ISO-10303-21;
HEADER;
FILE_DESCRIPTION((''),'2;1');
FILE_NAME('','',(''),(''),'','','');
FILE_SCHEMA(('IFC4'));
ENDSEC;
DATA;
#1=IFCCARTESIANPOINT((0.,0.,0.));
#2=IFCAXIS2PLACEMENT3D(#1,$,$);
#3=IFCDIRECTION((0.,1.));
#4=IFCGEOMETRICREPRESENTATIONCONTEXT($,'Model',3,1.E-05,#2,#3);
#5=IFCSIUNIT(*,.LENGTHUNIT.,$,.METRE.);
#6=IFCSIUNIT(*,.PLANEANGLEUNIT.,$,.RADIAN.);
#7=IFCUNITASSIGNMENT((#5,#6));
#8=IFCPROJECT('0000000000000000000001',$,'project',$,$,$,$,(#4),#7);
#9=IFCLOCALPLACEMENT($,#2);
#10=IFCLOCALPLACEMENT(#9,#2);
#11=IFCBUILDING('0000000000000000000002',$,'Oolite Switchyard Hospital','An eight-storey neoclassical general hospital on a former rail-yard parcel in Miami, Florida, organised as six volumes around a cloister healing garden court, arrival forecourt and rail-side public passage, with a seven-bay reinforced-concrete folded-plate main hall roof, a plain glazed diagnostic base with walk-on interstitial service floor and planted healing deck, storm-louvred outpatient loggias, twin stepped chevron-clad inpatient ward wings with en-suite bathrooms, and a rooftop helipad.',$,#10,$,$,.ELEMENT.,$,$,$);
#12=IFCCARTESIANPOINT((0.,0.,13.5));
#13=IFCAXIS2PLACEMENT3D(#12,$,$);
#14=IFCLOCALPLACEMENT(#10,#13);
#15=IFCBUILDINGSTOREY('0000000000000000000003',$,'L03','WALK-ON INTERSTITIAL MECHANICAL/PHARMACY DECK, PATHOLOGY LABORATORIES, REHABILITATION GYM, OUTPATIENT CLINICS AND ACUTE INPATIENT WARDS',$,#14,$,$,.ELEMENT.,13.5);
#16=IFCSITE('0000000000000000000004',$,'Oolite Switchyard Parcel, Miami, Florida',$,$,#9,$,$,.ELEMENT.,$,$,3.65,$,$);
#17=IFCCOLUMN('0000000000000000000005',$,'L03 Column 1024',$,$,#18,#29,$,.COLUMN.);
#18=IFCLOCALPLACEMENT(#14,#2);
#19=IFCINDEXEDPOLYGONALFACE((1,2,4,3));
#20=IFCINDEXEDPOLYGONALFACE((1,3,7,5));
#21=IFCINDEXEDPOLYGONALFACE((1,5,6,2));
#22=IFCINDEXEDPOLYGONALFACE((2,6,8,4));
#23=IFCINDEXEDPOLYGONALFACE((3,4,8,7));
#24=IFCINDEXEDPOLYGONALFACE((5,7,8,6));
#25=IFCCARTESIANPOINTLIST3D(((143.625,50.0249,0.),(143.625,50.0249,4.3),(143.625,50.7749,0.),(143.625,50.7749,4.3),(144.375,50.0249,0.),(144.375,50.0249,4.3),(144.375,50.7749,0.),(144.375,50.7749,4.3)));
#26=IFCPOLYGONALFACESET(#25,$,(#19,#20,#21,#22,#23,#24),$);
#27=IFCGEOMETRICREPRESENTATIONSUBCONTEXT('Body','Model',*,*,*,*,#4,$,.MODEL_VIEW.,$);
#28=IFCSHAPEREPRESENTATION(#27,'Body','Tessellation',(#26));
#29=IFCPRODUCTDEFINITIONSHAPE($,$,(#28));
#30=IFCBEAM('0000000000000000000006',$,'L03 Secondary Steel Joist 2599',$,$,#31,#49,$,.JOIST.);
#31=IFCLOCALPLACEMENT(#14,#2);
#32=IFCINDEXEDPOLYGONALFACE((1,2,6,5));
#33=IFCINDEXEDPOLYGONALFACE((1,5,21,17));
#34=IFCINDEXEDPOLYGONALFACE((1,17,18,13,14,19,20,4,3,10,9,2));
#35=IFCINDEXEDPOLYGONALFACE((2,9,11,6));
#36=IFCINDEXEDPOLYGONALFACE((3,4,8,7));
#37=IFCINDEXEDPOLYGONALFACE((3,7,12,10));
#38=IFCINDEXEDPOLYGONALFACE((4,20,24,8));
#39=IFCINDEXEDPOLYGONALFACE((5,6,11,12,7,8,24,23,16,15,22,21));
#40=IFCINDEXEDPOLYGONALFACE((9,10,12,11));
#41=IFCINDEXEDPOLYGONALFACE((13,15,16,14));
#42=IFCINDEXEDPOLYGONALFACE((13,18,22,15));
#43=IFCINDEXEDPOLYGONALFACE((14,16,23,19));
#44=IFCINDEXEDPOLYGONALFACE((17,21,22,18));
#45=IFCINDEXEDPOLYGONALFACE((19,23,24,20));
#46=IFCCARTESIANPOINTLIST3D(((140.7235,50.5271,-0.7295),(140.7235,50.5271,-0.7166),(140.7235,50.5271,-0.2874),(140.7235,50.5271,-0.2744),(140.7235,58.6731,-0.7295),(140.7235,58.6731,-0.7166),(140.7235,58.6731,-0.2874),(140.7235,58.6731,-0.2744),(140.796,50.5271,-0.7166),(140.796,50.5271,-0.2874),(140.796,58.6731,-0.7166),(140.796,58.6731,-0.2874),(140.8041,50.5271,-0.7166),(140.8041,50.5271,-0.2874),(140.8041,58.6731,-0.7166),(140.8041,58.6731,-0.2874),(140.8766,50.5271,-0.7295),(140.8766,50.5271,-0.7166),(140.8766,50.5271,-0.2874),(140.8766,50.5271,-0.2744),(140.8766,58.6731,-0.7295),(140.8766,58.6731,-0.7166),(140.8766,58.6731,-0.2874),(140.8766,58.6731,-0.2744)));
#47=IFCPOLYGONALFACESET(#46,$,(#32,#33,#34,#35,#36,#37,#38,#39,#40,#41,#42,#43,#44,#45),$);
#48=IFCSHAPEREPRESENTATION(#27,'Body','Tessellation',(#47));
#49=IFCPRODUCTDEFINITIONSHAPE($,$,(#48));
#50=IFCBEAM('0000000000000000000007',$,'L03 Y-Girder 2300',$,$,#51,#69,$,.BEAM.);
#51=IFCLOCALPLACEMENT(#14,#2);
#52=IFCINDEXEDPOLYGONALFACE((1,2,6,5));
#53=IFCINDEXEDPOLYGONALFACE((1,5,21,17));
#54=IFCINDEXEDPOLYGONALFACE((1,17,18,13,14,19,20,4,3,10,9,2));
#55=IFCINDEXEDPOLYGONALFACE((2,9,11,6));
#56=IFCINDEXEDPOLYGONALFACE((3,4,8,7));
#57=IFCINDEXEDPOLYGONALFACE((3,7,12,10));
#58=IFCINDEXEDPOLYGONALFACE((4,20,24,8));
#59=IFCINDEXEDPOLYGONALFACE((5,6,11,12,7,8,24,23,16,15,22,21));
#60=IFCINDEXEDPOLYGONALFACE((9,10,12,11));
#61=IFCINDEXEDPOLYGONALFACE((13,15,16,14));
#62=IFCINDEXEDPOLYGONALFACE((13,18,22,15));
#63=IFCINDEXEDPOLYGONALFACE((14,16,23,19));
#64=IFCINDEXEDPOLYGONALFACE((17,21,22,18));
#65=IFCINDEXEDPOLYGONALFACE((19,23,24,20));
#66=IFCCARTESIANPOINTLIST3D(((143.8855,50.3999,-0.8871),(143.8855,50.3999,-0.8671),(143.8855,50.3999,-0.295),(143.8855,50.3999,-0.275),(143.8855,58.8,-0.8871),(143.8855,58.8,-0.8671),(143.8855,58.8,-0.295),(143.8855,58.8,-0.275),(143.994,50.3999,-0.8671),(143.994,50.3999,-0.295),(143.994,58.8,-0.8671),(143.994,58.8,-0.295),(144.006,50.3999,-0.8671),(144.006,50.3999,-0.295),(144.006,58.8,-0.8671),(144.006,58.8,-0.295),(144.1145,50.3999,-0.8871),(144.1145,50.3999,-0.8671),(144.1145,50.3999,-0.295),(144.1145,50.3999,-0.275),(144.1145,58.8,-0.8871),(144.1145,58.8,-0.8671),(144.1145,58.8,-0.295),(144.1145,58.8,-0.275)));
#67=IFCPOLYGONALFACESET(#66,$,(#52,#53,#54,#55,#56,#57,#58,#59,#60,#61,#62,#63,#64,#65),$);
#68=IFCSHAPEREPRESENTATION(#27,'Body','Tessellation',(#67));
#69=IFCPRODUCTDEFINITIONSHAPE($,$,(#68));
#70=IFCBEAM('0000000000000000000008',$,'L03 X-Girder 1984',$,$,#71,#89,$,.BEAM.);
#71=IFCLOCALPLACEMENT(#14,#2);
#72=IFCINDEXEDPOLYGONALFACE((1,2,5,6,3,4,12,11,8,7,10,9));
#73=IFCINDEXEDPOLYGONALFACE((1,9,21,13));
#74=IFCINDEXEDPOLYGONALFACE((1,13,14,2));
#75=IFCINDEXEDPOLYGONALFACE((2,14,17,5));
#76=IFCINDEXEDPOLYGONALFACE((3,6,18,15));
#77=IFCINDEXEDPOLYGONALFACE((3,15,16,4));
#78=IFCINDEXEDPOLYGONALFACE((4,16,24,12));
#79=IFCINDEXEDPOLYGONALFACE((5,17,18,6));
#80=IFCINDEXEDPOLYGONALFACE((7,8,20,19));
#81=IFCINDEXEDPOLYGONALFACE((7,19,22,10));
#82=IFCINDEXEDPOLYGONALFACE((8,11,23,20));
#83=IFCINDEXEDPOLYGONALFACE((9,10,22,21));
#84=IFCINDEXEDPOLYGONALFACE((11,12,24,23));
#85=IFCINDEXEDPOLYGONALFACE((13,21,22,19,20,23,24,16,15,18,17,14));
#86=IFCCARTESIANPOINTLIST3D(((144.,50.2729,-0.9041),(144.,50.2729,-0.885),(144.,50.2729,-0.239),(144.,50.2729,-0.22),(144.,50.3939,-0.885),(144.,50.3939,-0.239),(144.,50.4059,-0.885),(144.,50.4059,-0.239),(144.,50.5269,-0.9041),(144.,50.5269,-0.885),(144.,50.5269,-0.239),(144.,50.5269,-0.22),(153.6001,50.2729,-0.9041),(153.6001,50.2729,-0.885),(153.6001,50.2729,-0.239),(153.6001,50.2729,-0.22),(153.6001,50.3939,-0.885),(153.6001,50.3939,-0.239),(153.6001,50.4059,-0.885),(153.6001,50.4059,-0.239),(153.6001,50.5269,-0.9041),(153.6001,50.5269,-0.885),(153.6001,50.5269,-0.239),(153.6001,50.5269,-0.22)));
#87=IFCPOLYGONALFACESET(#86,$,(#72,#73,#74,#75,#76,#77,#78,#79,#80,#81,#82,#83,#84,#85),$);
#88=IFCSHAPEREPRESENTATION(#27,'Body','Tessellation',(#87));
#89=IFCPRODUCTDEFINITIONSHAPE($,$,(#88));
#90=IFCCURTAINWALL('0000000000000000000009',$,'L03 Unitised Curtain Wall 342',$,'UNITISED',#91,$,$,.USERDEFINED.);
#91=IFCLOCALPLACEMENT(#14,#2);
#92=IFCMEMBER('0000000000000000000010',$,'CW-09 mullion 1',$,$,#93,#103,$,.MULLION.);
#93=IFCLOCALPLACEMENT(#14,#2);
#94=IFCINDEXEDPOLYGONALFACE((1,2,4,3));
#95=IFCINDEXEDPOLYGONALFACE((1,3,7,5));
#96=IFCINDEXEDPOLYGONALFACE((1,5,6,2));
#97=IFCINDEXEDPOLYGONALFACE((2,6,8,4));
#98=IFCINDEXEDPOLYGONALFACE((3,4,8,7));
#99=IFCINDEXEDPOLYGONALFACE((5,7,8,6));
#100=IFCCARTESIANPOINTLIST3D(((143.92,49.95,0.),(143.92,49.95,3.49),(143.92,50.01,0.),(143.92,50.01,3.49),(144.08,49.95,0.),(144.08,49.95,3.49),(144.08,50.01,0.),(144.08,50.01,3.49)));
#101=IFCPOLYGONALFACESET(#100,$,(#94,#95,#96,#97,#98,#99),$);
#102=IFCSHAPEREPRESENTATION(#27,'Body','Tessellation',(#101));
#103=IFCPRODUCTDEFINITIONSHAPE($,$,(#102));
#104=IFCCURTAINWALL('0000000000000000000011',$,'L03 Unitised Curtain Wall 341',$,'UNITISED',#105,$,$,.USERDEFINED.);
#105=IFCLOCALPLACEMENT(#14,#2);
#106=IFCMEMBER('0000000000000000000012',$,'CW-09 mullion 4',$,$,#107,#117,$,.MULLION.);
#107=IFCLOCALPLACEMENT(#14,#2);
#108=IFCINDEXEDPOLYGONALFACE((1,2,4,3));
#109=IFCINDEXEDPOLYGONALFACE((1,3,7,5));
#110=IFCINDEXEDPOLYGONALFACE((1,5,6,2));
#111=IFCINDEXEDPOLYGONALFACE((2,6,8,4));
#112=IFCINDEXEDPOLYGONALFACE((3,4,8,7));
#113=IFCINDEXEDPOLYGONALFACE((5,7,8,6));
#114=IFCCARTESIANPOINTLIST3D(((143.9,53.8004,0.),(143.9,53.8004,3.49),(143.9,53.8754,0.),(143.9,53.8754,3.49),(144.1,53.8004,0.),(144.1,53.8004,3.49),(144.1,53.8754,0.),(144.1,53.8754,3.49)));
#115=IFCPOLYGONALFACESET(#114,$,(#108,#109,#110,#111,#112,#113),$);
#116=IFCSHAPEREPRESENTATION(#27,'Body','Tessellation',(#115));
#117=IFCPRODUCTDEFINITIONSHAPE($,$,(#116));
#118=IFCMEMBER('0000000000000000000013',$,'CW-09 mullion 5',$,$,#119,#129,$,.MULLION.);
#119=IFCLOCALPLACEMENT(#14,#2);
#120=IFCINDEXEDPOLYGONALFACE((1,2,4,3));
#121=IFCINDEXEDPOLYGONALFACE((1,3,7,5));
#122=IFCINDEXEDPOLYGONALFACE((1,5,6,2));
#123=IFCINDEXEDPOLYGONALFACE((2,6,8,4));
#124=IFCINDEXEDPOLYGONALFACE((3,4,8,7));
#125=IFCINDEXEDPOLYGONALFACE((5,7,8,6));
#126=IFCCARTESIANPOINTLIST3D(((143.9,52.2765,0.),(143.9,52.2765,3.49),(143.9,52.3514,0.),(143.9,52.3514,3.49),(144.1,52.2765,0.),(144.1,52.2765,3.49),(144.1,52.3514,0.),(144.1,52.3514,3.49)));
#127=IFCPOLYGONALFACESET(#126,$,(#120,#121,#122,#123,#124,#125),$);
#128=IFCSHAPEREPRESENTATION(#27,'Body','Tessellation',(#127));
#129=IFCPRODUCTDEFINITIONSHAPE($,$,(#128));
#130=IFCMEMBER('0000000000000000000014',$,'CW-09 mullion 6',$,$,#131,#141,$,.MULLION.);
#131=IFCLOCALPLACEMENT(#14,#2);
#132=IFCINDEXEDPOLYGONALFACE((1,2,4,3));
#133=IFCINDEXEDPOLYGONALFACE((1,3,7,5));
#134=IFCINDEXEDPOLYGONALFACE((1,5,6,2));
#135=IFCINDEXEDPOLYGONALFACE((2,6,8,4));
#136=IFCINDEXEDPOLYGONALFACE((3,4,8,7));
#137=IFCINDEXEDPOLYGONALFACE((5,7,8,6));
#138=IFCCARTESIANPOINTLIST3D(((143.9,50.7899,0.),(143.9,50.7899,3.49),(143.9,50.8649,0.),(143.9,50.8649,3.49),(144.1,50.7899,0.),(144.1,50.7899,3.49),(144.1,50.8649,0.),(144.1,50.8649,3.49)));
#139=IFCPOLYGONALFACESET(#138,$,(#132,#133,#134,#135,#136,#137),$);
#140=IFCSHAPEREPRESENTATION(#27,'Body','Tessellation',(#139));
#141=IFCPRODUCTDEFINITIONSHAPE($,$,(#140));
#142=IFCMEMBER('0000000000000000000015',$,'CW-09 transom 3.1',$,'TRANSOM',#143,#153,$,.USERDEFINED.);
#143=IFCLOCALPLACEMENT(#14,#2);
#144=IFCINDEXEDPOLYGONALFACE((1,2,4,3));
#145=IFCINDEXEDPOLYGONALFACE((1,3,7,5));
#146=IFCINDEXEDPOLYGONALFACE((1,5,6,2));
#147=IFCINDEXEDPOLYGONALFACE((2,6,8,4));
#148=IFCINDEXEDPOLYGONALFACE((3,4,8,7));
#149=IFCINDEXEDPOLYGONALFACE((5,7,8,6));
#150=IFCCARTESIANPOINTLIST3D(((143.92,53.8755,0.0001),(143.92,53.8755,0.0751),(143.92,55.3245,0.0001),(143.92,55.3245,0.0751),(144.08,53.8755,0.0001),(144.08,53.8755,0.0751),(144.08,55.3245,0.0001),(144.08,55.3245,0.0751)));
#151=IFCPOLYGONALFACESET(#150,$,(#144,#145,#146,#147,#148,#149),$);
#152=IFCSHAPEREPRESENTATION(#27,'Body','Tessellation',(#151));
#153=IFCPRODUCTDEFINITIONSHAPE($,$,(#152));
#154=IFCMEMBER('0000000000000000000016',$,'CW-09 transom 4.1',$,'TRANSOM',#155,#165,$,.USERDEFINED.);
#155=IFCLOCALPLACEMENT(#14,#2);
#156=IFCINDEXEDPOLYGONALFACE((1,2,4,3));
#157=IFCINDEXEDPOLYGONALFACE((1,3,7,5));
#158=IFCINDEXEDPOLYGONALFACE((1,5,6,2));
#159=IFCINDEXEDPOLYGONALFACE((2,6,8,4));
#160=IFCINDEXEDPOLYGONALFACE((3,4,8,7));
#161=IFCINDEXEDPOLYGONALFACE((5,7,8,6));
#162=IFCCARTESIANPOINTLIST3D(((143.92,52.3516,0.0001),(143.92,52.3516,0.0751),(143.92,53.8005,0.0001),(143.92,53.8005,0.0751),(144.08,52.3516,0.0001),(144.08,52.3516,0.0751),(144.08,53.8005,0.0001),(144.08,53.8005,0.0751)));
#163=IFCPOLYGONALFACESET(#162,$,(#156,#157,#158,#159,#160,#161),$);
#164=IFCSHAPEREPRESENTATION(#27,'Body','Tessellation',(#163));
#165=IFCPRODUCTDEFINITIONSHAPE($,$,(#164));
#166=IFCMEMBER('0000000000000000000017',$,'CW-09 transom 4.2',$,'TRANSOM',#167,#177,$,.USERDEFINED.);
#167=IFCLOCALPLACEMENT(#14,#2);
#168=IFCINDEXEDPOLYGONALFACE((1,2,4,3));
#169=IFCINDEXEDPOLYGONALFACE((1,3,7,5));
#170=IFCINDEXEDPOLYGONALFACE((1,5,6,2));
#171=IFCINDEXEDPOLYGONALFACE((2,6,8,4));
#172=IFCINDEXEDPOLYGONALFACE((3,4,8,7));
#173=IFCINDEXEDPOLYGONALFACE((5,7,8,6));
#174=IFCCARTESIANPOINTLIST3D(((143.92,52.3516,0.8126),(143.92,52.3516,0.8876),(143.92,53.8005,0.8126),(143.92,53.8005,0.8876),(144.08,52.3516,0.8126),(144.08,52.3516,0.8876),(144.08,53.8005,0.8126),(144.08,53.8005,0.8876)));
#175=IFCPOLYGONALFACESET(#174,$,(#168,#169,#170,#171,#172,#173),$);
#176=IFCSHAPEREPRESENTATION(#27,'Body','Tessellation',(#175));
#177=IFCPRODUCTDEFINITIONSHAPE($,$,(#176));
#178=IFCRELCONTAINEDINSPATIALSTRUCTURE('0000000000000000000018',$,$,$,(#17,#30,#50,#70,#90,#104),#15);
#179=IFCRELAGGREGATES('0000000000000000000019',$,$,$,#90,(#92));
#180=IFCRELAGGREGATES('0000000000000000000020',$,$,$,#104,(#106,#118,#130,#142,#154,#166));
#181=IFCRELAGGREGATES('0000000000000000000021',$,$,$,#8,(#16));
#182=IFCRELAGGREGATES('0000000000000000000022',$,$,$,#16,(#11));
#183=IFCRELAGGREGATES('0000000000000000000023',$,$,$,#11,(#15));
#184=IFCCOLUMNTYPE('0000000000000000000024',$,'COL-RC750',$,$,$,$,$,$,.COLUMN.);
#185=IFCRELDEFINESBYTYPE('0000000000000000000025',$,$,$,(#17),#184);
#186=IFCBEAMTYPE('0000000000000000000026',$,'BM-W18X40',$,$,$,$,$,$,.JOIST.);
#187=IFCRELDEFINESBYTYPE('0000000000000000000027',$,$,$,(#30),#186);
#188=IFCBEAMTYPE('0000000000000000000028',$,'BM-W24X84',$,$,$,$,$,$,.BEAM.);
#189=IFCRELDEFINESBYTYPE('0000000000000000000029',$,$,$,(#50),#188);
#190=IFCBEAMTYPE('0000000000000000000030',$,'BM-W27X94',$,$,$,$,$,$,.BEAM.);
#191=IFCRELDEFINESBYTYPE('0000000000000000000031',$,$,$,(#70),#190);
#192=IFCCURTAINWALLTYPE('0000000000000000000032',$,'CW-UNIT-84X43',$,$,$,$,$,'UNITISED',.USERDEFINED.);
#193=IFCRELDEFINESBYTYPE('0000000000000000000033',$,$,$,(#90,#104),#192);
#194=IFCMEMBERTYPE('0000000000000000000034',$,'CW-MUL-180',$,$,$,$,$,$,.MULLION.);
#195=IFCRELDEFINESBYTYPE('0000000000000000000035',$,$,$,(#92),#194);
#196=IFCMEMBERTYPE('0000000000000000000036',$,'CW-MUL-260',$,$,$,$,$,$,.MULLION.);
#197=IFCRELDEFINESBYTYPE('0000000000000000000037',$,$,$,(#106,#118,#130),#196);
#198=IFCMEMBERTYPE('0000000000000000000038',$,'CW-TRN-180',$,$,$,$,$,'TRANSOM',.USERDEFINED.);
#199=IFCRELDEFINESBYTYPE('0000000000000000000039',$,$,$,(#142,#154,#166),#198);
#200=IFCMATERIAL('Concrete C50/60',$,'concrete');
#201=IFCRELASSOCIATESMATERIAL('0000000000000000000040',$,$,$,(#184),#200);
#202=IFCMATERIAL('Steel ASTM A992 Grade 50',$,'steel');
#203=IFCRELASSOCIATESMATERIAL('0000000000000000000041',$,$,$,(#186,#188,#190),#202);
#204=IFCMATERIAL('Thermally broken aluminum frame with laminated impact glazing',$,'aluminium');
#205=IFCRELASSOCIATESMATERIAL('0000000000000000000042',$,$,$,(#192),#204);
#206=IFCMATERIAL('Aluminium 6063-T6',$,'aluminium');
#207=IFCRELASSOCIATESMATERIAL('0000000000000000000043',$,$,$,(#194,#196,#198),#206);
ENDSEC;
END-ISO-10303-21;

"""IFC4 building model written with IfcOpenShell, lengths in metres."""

from ifc_helpers import new_model, si_unit, direction, frame, origin, origin_2d, place, context, subcontext, project, spatial, rectangle, i_section, extrude, material, material_profile, profile_set, type_object, element, aggregate, save


model = new_model("IFC4")

# Units and contexts
model_context = context("Model", 3, precision=1e-05, world=origin(), true_north=direction((0.0, 1.0)))
body_context = subcontext(model_context, "Body", "Model", "MODEL_VIEW")
ifc_project = project(units=[si_unit("LENGTHUNIT", "METRE"), si_unit("PLANEANGLEUNIT", "RADIAN")], contexts=[model_context])

# Site, building, storey
site_placement = place(None, origin())
site = spatial("IfcSite", under=ifc_project, at=site_placement, Name="Oolite Switchyard Parcel, Miami, Florida", CompositionType="ELEMENT", RefElevation=3.65)
building_placement = place(site_placement, origin())
building = spatial("IfcBuilding", under=site, at=building_placement, Name="Oolite Switchyard Hospital", Description="An eight-storey neoclassical general hospital on a former rail-yard parcel in Miami, Florida, organised as six volumes around a cloister healing garden court, arrival forecourt and rail-side public passage, with a seven-bay reinforced-concrete folded-plate main hall roof, a plain glazed diagnostic base with walk-on interstitial service floor and planted healing deck, storm-louvred outpatient loggias, twin stepped chevron-clad inpatient ward wings with en-suite bathrooms, and a rooftop helipad.", CompositionType="ELEMENT")
storey_placement = place(building_placement, frame((0.0, 0.0, 13.5)))
storey = spatial("IfcBuildingStorey", under=building, at=storey_placement, Name="L03", Description="WALK-ON INTERSTITIAL MECHANICAL/PHARMACY DECK, PATHOLOGY LABORATORIES, REHABILITATION GYM, OUTPATIENT CLINICS AND ACUTE INPATIENT WARDS", CompositionType="ELEMENT", Elevation=13.5)

# Column
ifc_material_1 = material(Name="Concrete C50/60", Category="concrete")
ifc_material_profile_1 = material_profile(ifc_material_1, rectangle(XDim=0.75, YDim=0.75, at=origin_2d()), Name="RC750X750")
ifc_profile_set_1 = profile_set([ifc_material_profile_1], Name="Concrete C50/60")
column_type = type_object("IfcColumnType", Name="COL-RC750", PredefinedType="COLUMN", material=ifc_profile_set_1)
column_placement = place(storey_placement, frame((144.0, 50.3999, 0.0), z_axis=(0.0, 0.0, 1.0), x_axis=(1.0, 0.0, 0.0)))
element("IfcColumn", 1, at=column_placement, inside=storey, type_object=column_type, Name="L03 Column 1024", PredefinedType="COLUMN", context=body_context, shape_type="SweptSolid", body=[
    extrude(rectangle(XDim=0.75, YDim=0.75, at=origin_2d()), origin(), (0.0, 0.0, 1.0), 4.3),
])

# Beams
ifc_material_2 = material(Name="Steel ASTM A992 Grade 50", Category="steel")
ifc_material_profile_2 = material_profile(ifc_material_2, i_section(OverallWidth=0.1531, OverallDepth=0.4551, WebThickness=0.0081, FlangeThickness=0.0129, at=origin_2d()), Name="W18X40")
ifc_profile_set_2 = profile_set([ifc_material_profile_2], Name="Steel ASTM A992 Grade 50")
beam_type_1 = type_object("IfcBeamType", Name="BM-W18X40", PredefinedType="JOIST", material=ifc_profile_set_2)
beam_1_placement = place(storey_placement, frame((140.8, 50.5271, -0.502), z_axis=(0.0, 1.0, 0.0), x_axis=(-1.0, 0.0, 0.0)))
element("IfcBeam", 2, at=beam_1_placement, inside=storey, type_object=beam_type_1, Name="L03 Secondary Steel Joist 2599", PredefinedType="JOIST", context=body_context, shape_type="SweptSolid", body=[
    extrude(i_section(OverallWidth=0.1531, OverallDepth=0.4551, WebThickness=0.0081, FlangeThickness=0.0129, at=origin_2d()), origin(), (0.0, 0.0, 1.0), 8.146),
])
ifc_material_profile_3 = material_profile(ifc_material_2, i_section(OverallWidth=0.229, OverallDepth=0.6121, WebThickness=0.012, FlangeThickness=0.02, at=origin_2d()), Name="W24X84")
ifc_profile_set_3 = profile_set([ifc_material_profile_3], Name="Steel ASTM A992 Grade 50")
beam_type_2 = type_object("IfcBeamType", Name="BM-W24X84", PredefinedType="BEAM", material=ifc_profile_set_3)
beam_2_placement = place(storey_placement, frame((144.0, 50.3999, -0.5811), z_axis=(0.0, 1.0, 0.0), x_axis=(-1.0, 0.0, 0.0)))
element("IfcBeam", 3, at=beam_2_placement, inside=storey, type_object=beam_type_2, Name="L03 Y-Girder 2300", PredefinedType="BEAM", context=body_context, shape_type="SweptSolid", body=[
    extrude(i_section(OverallWidth=0.229, OverallDepth=0.6121, WebThickness=0.012, FlangeThickness=0.02, at=origin_2d()), origin(), (0.0, 0.0, 1.0), 8.4001),
])
ifc_material_profile_4 = material_profile(ifc_material_2, i_section(OverallWidth=0.2539, OverallDepth=0.6841, WebThickness=0.012, FlangeThickness=0.019, at=origin_2d()), Name="W27X94")
ifc_profile_set_4 = profile_set([ifc_material_profile_4], Name="Steel ASTM A992 Grade 50")
beam_type_3 = type_object("IfcBeamType", Name="BM-W27X94", PredefinedType="BEAM", material=ifc_profile_set_4)
beam_3_placement = place(storey_placement, frame((144.0, 50.3999, -0.562), z_axis=(1.0, 0.0, 0.0), x_axis=(0.0, 1.0, 0.0)))
element("IfcBeam", 4, at=beam_3_placement, inside=storey, type_object=beam_type_3, Name="L03 X-Girder 1984", PredefinedType="BEAM", context=body_context, shape_type="SweptSolid", body=[
    extrude(i_section(OverallWidth=0.2539, OverallDepth=0.6841, WebThickness=0.012, FlangeThickness=0.019, at=origin_2d()), origin(), (0.0, 0.0, 1.0), 9.6001),
])

# Curtain wall, member
ifc_material_3 = material(Name="Thermally broken aluminum frame with laminated impact glazing", Category="aluminium")
curtain_wall_type = type_object("IfcCurtainWallType", Name="CW-UNIT-84X43", ElementType="UNITISED", PredefinedType="USERDEFINED", material=ifc_material_3)
curtain_wall_1_placement = place(storey_placement, origin())
curtain_wall_1 = element("IfcCurtainWall", 5, at=curtain_wall_1_placement, inside=storey, type_object=curtain_wall_type, Name="L03 Unitised Curtain Wall 342", ObjectType="UNITISED", PredefinedType="USERDEFINED")
ifc_material_4 = material(Name="Aluminium 6063-T6", Category="aluminium")
ifc_material_profile_5 = material_profile(ifc_material_4, rectangle(XDim=0.1599, YDim=0.0601, at=origin_2d()), Name="CWM60X160")
ifc_profile_set_5 = profile_set([ifc_material_profile_5], Name="Aluminium 6063-T6")
member_type_1 = type_object("IfcMemberType", Name="CW-MUL-180", PredefinedType="MULLION", material=ifc_profile_set_5)
member_1_placement = place(storey_placement, frame((144.0, 49.98, 0.0), z_axis=(0.0, 0.0, 1.0), x_axis=(1.0, 0.0, 0.0)))
member_1 = element("IfcMember", 6, at=member_1_placement, type_object=member_type_1, Name="CW-09 mullion 1", PredefinedType="MULLION", context=body_context, shape_type="SweptSolid", body=[
    extrude(rectangle(XDim=0.1599, YDim=0.0601, at=origin_2d()), origin(), (0.0, 0.0, 1.0), 3.49),
])
aggregate(curtain_wall_1, [member_1])

# Curtain wall, members
curtain_wall_2_placement = place(storey_placement, origin())
curtain_wall_2 = element("IfcCurtainWall", 7, at=curtain_wall_2_placement, inside=storey, type_object=curtain_wall_type, Name="L03 Unitised Curtain Wall 341", ObjectType="UNITISED", PredefinedType="USERDEFINED")
ifc_material_profile_6 = material_profile(ifc_material_4, rectangle(XDim=0.2, YDim=0.075, at=origin_2d()), Name="CWM75X200")
ifc_profile_set_6 = profile_set([ifc_material_profile_6], Name="Aluminium 6063-T6")
member_type_2 = type_object("IfcMemberType", Name="CW-MUL-260", PredefinedType="MULLION", material=ifc_profile_set_6)
member_2_placement = place(storey_placement, frame((144.0, 53.8379, 0.0), z_axis=(0.0, 0.0, 1.0), x_axis=(1.0, 0.0, 0.0)))
member_2 = element("IfcMember", 8, at=member_2_placement, type_object=member_type_2, Name="CW-09 mullion 4", PredefinedType="MULLION", context=body_context, shape_type="SweptSolid", body=[
    extrude(rectangle(XDim=0.2, YDim=0.075, at=origin_2d()), origin(), (0.0, 0.0, 1.0), 3.49),
])
member_3_placement = place(storey_placement, frame((144.0, 52.314, 0.0), z_axis=(0.0, 0.0, 1.0), x_axis=(1.0, 0.0, 0.0)))
member_3 = element("IfcMember", 9, at=member_3_placement, type_object=member_type_2, Name="CW-09 mullion 5", PredefinedType="MULLION", context=body_context, shape_type="SweptSolid", body=[
    extrude(rectangle(XDim=0.2, YDim=0.075, at=origin_2d()), origin(), (0.0, 0.0, 1.0), 3.49),
])
member_4_placement = place(storey_placement, frame((144.0, 50.8274, 0.0), z_axis=(0.0, 0.0, 1.0), x_axis=(1.0, 0.0, 0.0)))
member_4 = element("IfcMember", 10, at=member_4_placement, type_object=member_type_2, Name="CW-09 mullion 6", PredefinedType="MULLION", context=body_context, shape_type="SweptSolid", body=[
    extrude(rectangle(XDim=0.2, YDim=0.075, at=origin_2d()), origin(), (0.0, 0.0, 1.0), 3.49),
])
ifc_material_profile_7 = material_profile(ifc_material_4, rectangle(XDim=0.1599, YDim=0.075, at=origin_2d()), Name="CWT75X160")
ifc_profile_set_7 = profile_set([ifc_material_profile_7], Name="Aluminium 6063-T6")
member_type_3 = type_object("IfcMemberType", Name="CW-TRN-180", ElementType="TRANSOM", PredefinedType="USERDEFINED", material=ifc_profile_set_7)
member_5_placement = place(storey_placement, frame((144.0, 55.3245, 0.0376), z_axis=(0.0, -1.0, 0.0), x_axis=(1.0, 0.0, 0.0)))
member_5 = element("IfcMember", 11, at=member_5_placement, type_object=member_type_3, Name="CW-09 transom 3.1", ObjectType="TRANSOM", PredefinedType="USERDEFINED", context=body_context, shape_type="SweptSolid", body=[
    extrude(rectangle(XDim=0.1599, YDim=0.075, at=origin_2d()), origin(), (0.0, 0.0, 1.0), 1.449),
])
member_6_placement = place(storey_placement, frame((144.0, 53.8005, 0.0376), z_axis=(0.0, -1.0, 0.0), x_axis=(1.0, 0.0, 0.0)))
member_6 = element("IfcMember", 12, at=member_6_placement, type_object=member_type_3, Name="CW-09 transom 4.1", ObjectType="TRANSOM", PredefinedType="USERDEFINED", context=body_context, shape_type="SweptSolid", body=[
    extrude(rectangle(XDim=0.1599, YDim=0.075, at=origin_2d()), origin(), (0.0, 0.0, 1.0), 1.449),
])
member_7_placement = place(storey_placement, frame((144.0, 53.8005, 0.8501), z_axis=(0.0, -1.0, 0.0), x_axis=(1.0, 0.0, 0.0)))
member_7 = element("IfcMember", 13, at=member_7_placement, type_object=member_type_3, Name="CW-09 transom 4.2", ObjectType="TRANSOM", PredefinedType="USERDEFINED", context=body_context, shape_type="SweptSolid", body=[
    extrude(rectangle(XDim=0.1599, YDim=0.075, at=origin_2d()), origin(), (0.0, 0.0, 1.0), 1.449),
])
aggregate(curtain_wall_2, [member_2, member_3, member_4, member_5, member_6, member_7])

save(model, "model.ifc")
